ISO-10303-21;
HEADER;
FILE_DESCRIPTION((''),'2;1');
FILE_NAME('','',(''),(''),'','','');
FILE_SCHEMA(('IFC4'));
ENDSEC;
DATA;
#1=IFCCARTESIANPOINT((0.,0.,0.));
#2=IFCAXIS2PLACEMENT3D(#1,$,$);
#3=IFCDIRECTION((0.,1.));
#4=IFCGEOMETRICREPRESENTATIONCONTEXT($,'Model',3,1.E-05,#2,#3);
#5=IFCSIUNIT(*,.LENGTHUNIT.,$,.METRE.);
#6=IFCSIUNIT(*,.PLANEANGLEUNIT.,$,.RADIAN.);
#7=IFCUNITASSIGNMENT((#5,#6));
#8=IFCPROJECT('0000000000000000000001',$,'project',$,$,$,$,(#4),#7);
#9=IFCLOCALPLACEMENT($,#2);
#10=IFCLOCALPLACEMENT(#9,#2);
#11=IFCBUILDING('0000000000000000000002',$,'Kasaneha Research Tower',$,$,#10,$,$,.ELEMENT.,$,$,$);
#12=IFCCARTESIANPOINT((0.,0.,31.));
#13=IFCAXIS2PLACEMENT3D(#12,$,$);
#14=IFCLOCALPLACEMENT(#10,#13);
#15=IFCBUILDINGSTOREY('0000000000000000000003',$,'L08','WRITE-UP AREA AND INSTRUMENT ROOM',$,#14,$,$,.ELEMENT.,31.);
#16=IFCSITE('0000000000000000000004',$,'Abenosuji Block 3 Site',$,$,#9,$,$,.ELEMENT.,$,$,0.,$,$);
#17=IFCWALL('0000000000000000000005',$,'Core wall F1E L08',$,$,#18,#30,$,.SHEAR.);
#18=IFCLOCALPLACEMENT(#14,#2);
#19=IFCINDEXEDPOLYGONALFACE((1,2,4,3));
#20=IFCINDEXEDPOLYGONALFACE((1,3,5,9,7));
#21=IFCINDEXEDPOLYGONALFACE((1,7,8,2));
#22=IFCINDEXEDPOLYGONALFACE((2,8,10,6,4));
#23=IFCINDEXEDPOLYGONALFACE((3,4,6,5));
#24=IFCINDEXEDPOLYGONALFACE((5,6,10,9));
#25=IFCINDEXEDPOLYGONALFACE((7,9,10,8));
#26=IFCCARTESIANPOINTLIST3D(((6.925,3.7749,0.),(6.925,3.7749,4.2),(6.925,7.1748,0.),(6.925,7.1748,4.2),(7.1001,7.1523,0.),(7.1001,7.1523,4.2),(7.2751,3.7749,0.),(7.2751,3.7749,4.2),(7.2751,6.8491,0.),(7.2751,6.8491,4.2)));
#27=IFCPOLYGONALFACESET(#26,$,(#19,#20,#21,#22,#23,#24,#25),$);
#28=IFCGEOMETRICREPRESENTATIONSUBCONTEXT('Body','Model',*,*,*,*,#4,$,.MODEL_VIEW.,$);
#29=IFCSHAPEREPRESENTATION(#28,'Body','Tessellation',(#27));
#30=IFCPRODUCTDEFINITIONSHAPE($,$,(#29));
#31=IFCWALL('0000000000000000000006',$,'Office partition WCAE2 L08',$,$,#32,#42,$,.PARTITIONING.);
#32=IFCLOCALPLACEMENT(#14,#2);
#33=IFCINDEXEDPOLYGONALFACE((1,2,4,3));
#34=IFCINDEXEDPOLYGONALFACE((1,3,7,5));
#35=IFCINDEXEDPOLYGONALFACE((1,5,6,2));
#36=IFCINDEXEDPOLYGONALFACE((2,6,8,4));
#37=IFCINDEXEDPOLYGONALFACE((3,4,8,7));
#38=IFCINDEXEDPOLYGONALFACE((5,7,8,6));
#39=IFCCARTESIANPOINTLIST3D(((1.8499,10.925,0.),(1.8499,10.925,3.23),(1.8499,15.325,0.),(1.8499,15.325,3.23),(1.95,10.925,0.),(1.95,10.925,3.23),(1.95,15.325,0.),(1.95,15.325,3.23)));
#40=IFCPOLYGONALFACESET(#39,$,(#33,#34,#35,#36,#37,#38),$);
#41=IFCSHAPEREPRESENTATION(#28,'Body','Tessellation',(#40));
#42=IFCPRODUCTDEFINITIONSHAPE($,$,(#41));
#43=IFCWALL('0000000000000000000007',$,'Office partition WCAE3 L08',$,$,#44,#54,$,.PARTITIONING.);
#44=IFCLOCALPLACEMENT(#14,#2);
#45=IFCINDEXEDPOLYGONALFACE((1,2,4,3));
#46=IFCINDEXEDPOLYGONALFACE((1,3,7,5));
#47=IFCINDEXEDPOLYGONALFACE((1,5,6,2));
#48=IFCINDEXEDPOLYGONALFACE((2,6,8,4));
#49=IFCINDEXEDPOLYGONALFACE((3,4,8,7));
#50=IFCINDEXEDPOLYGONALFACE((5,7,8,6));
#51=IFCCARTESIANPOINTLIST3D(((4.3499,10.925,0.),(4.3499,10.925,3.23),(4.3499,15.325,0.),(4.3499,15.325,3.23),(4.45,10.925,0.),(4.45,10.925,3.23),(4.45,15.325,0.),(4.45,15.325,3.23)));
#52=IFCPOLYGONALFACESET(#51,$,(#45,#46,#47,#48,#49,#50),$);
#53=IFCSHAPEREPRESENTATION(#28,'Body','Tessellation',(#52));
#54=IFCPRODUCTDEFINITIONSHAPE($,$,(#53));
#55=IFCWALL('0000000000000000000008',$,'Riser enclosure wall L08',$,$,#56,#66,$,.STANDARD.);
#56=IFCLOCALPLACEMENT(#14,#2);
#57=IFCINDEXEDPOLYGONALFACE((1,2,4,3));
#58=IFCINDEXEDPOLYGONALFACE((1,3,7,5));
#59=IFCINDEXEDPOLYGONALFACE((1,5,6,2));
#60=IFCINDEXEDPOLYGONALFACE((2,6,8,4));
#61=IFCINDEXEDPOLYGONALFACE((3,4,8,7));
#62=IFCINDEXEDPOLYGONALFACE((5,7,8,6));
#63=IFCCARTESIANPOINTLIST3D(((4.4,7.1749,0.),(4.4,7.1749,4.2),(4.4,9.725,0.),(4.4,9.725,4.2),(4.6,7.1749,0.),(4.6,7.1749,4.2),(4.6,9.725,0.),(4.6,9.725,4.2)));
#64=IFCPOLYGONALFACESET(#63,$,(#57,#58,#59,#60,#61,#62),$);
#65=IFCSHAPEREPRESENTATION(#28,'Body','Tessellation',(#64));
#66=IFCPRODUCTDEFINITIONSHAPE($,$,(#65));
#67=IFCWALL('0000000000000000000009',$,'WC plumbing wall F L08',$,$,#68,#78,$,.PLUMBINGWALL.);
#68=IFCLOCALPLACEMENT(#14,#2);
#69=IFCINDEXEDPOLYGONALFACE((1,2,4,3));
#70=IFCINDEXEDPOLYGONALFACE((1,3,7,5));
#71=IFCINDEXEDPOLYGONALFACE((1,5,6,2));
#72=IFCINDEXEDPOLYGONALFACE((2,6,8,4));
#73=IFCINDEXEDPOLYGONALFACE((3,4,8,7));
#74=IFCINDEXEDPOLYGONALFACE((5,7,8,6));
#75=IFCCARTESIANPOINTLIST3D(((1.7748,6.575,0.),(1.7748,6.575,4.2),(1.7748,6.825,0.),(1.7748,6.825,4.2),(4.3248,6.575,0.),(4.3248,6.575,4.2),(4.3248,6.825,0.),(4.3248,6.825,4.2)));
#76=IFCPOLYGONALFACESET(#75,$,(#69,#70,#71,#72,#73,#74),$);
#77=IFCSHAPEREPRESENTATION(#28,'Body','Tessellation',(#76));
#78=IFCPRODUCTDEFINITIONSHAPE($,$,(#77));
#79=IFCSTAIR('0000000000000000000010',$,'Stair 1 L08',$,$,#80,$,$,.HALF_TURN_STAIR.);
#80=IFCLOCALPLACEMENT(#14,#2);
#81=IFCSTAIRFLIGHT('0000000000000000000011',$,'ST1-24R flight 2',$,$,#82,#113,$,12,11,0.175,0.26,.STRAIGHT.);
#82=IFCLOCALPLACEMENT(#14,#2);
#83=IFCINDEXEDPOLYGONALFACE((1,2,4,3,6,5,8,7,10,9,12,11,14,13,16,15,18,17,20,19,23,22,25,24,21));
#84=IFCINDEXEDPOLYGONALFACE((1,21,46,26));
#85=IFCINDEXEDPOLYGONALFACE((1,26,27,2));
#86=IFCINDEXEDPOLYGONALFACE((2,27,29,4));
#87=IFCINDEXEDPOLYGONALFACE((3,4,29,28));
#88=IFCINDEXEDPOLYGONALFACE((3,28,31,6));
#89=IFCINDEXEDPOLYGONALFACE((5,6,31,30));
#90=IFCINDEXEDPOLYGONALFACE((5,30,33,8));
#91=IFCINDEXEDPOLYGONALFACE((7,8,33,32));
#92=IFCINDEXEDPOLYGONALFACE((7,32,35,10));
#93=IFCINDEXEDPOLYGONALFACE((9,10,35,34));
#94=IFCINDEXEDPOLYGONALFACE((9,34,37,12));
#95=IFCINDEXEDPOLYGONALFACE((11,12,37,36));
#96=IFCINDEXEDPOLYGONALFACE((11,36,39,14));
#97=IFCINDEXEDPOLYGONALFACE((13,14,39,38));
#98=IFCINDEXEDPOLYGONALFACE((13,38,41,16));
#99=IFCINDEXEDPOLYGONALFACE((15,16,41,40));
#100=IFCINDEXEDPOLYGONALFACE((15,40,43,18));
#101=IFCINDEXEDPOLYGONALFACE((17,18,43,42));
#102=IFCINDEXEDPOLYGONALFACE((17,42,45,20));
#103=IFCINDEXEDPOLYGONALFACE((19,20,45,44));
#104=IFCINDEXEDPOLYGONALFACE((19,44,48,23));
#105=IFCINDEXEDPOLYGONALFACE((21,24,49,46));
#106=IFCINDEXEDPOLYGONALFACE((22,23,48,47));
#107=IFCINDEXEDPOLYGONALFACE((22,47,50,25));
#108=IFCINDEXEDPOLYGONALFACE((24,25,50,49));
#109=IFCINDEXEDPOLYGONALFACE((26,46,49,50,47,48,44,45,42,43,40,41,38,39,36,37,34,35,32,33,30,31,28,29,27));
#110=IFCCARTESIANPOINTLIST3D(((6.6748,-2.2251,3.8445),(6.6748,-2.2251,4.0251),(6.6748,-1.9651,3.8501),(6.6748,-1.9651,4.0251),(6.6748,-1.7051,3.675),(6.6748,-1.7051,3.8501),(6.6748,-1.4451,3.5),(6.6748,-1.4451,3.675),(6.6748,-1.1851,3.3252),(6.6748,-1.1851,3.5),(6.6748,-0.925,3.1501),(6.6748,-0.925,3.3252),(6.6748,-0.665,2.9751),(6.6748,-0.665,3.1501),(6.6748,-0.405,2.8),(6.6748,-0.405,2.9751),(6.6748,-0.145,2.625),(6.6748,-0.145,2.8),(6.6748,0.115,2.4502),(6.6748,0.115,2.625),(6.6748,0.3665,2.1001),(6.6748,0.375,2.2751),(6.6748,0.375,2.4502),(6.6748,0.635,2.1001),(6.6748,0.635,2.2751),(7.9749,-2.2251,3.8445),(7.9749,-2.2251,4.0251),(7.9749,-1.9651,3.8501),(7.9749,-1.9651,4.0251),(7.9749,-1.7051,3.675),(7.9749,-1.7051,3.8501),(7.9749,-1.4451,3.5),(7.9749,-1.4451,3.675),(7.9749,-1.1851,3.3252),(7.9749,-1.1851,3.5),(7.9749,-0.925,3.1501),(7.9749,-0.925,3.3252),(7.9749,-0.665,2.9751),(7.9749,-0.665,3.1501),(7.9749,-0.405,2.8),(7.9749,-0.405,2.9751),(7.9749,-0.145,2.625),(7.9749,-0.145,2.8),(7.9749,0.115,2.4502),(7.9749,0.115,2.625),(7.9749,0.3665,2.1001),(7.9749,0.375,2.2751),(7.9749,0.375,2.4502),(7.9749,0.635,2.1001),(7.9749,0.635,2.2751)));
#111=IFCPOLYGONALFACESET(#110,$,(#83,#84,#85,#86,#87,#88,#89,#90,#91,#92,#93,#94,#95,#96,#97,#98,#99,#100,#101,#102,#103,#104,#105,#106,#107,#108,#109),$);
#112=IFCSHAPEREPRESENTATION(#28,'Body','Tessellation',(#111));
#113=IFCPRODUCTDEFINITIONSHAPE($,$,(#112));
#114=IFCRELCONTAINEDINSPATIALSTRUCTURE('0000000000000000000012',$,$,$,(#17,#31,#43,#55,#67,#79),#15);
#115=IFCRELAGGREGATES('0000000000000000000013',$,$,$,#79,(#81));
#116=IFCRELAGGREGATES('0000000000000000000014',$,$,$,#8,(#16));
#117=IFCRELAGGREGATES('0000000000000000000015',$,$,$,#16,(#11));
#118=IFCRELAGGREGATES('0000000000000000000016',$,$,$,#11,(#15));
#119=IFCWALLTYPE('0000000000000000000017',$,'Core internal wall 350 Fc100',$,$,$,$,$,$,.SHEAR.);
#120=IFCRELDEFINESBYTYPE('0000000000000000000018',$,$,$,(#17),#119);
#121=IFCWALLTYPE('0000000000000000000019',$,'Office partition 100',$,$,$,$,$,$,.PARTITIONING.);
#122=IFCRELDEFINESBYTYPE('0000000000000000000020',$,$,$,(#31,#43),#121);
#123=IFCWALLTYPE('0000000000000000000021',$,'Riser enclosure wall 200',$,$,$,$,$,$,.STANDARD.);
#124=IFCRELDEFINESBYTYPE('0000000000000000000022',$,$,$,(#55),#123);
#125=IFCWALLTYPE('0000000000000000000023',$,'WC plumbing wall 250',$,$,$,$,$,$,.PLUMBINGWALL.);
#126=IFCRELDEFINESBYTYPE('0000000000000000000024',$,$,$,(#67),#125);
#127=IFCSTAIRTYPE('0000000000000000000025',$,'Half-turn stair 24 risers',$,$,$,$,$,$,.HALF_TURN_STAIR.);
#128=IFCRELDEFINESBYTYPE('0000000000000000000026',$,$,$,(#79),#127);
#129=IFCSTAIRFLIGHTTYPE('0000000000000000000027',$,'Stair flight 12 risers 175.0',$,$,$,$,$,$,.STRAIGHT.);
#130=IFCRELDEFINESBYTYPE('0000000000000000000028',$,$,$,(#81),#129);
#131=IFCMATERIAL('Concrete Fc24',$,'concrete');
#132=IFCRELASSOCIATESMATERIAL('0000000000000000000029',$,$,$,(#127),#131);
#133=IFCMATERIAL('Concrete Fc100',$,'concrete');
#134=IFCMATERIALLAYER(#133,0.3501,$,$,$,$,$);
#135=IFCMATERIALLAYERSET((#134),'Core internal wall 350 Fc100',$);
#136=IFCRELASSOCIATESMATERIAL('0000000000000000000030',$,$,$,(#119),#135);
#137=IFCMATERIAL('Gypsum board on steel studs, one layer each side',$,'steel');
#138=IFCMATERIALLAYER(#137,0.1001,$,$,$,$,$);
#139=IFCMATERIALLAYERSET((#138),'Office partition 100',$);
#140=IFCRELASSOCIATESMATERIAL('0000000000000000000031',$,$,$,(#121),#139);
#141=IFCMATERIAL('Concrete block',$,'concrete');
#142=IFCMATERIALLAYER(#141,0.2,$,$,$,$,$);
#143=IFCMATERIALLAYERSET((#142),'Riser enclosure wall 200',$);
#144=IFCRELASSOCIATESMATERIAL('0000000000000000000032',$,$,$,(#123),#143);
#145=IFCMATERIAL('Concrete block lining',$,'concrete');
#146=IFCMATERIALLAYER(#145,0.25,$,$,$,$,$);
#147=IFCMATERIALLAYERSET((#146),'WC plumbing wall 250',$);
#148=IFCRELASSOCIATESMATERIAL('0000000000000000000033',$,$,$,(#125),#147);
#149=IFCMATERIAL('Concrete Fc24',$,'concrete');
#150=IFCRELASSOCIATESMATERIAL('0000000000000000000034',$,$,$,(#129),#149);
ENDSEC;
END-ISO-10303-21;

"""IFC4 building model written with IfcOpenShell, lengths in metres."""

from ifc_helpers import new_model, si_unit, direction, frame, frame_2d, origin, place, context, subcontext, project, spatial, polyline, rectangle, outline, extrude, material, layer, layer_set, type_object, element, aggregate, save


model = new_model("IFC4")

# Units and contexts
model_context = context("Model", 3, precision=1e-05, world=origin(), true_north=direction((0.0, 1.0)))
body_context = subcontext(model_context, "Body", "Model", "MODEL_VIEW")
ifc_project = project(units=[si_unit("LENGTHUNIT", "METRE"), si_unit("PLANEANGLEUNIT", "RADIAN")], contexts=[model_context])

# Site, building, storey
site_placement = place(None, origin())
site = spatial("IfcSite", under=ifc_project, at=site_placement, Name="Abenosuji Block 3 Site", CompositionType="ELEMENT", RefElevation=0.0)
building_placement = place(site_placement, origin())
building = spatial("IfcBuilding", under=site, at=building_placement, Name="Kasaneha Research Tower", CompositionType="ELEMENT")
storey_placement = place(building_placement, frame((0.0, 0.0, 31.0)))
storey = spatial("IfcBuildingStorey", under=building, at=storey_placement, Name="L08", Description="WRITE-UP AREA AND INSTRUMENT ROOM", CompositionType="ELEMENT", Elevation=31.0)

# Shared definitions
ifc_material_1 = material(Name="Concrete Fc24", Category="concrete")
stair_type = type_object("IfcStairType", Name="Half-turn stair 24 risers", PredefinedType="HALF_TURN_STAIR", material=ifc_material_1)

# Shared definitions
ifc_material_2 = material(Name="Concrete Fc100", Category="concrete")
ifc_layer_1 = layer(ifc_material_2, 0.3501)
ifc_layer_set_1 = layer_set([ifc_layer_1], Name="Core internal wall 350 Fc100")
wall_type_1 = type_object("IfcWallType", Name="Core internal wall 350 Fc100", PredefinedType="SHEAR", material=ifc_layer_set_1)

# Wall
wall_1_placement = place(storey_placement, frame((7.1001, 3.7749, 0.0), z_axis=(0.0, 0.0, 1.0), x_axis=(0.0, 1.0, 0.0)))
element("IfcWall", 1, at=wall_1_placement, inside=storey, type_object=wall_type_1, Name="Core wall F1E L08", PredefinedType="SHEAR", context=body_context, shape_type="SweptSolid", body=[
    extrude(outline(polyline([(0.0, -0.175), (3.0742, -0.175), (3.3774, 0.0), (3.3999, 0.175), (0.0, 0.175), (0.0, -0.175)])), origin(), (0.0, 0.0, 1.0), 4.2),
])

# Walls
ifc_material_3 = material(Name="Gypsum board on steel studs, one layer each side", Category="steel")
ifc_layer_2 = layer(ifc_material_3, 0.1001)
ifc_layer_set_2 = layer_set([ifc_layer_2], Name="Office partition 100")
wall_type_2 = type_object("IfcWallType", Name="Office partition 100", PredefinedType="PARTITIONING", material=ifc_layer_set_2)
for number, where, z_axis, x_axis, name in (
    (2, (1.8999, 10.925, 0.0), (0.0, 0.0, 1.0), (0.0, 1.0, 0.0), "Office partition WCAE2 L08"),
    (3, (4.3999, 10.925, 0.0), (0.0, 0.0, 1.0), (0.0, 1.0, 0.0), "Office partition WCAE3 L08"),
):
    element("IfcWall", number, at=place(storey_placement, frame(where, z_axis=z_axis, x_axis=x_axis)), inside=storey, type_object=wall_type_2, Name=name, PredefinedType="PARTITIONING", context=body_context, shape_type="SweptSolid", body=[
        extrude(rectangle(XDim=4.3999, YDim=0.1001, at=frame_2d((2.2, 0.0))), origin(), (0.0, 0.0, 1.0), 3.23),
    ])
ifc_material_4 = material(Name="Concrete block", Category="concrete")
ifc_layer_3 = layer(ifc_material_4, 0.2)
ifc_layer_set_3 = layer_set([ifc_layer_3], Name="Riser enclosure wall 200")
wall_type_3 = type_object("IfcWallType", Name="Riser enclosure wall 200", PredefinedType="STANDARD", material=ifc_layer_set_3)
wall_2_placement = place(storey_placement, frame((4.5, 7.175, 0.0), z_axis=(0.0, 0.0, 1.0), x_axis=(0.0, 1.0, 0.0)))
element("IfcWall", 4, at=wall_2_placement, inside=storey, type_object=wall_type_3, Name="Riser enclosure wall L08", PredefinedType="STANDARD", context=body_context, shape_type="SweptSolid", body=[
    extrude(rectangle(XDim=2.55, YDim=0.2, at=frame_2d((1.2749, 0.0))), origin(), (0.0, 0.0, 1.0), 4.2),
])
ifc_material_5 = material(Name="Concrete block lining", Category="concrete")
ifc_layer_4 = layer(ifc_material_5, 0.25)
ifc_layer_set_4 = layer_set([ifc_layer_4], Name="WC plumbing wall 250")
wall_type_4 = type_object("IfcWallType", Name="WC plumbing wall 250", PredefinedType="PLUMBINGWALL", material=ifc_layer_set_4)
wall_3_placement = place(storey_placement, frame((1.7749, 6.7, 0.0), z_axis=(0.0, 0.0, 1.0), x_axis=(1.0, 0.0, 0.0)))
element("IfcWall", 5, at=wall_3_placement, inside=storey, type_object=wall_type_4, Name="WC plumbing wall F L08", PredefinedType="PLUMBINGWALL", context=body_context, shape_type="SweptSolid", body=[
    extrude(rectangle(XDim=2.55, YDim=0.25, at=frame_2d((1.2749, 0.0))), origin(), (0.0, 0.0, 1.0), 4.2),
])

# Stair, stair flight
stair_1_placement = place(storey_placement, origin())
stair_1 = element("IfcStair", 6, at=stair_1_placement, inside=storey, type_object=stair_type, Name="Stair 1 L08", PredefinedType="HALF_TURN_STAIR")
ifc_material_6 = material(Name="Concrete Fc24", Category="concrete")
stair_flight_type = type_object("IfcStairFlightType", Name="Stair flight 12 risers 175.0", PredefinedType="STRAIGHT", material=ifc_material_6)
stair_flight_placement = place(storey_placement, frame((7.325, 0.635, 2.1001), z_axis=(0.0, 0.0, 1.0), x_axis=(0.0, -1.0, 0.0)))
stair_flight = element("IfcStairFlight", 7, at=stair_flight_placement, type_object=stair_flight_type, Name="ST1-24R flight 2", NumberOfRisers=12, NumberOfTreads=11, PredefinedType="STRAIGHT", RiserHeight=0.175, TreadLength=0.26, context=body_context, shape_type="SweptSolid", body=[
    extrude(outline(polyline([(0.0, 0.0), (0.0, 0.175), (0.26, 0.175), (0.26, 0.3501), (0.52, 0.3501), (0.52, 0.5249), (0.78, 0.5249), (0.78, 0.7), (1.04, 0.7), (1.04, 0.875), (1.3, 0.875), (1.3, 1.05), (1.5601, 1.05), (1.5601, 1.2251), (1.8201, 1.2251), (1.8201, 1.3999), (2.0801, 1.3999), (2.0801, 1.575), (2.3401, 1.575), (2.3401, 1.75), (2.6001, 1.75), (2.6001, 1.925), (2.8601, 1.925), (2.8601, 2.1001), (2.8601, 1.7444), (0.2686, 0.0), (0.0, 0.0)])), frame((0.0, 0.6499, 0.0), z_axis=(0.0, -1.0, 0.0), x_axis=(1.0, 0.0, 0.0)), (0.0, 0.0, 1.0), 1.3),
])
aggregate(stair_1, [stair_flight])

save(model, "model.ifc")
